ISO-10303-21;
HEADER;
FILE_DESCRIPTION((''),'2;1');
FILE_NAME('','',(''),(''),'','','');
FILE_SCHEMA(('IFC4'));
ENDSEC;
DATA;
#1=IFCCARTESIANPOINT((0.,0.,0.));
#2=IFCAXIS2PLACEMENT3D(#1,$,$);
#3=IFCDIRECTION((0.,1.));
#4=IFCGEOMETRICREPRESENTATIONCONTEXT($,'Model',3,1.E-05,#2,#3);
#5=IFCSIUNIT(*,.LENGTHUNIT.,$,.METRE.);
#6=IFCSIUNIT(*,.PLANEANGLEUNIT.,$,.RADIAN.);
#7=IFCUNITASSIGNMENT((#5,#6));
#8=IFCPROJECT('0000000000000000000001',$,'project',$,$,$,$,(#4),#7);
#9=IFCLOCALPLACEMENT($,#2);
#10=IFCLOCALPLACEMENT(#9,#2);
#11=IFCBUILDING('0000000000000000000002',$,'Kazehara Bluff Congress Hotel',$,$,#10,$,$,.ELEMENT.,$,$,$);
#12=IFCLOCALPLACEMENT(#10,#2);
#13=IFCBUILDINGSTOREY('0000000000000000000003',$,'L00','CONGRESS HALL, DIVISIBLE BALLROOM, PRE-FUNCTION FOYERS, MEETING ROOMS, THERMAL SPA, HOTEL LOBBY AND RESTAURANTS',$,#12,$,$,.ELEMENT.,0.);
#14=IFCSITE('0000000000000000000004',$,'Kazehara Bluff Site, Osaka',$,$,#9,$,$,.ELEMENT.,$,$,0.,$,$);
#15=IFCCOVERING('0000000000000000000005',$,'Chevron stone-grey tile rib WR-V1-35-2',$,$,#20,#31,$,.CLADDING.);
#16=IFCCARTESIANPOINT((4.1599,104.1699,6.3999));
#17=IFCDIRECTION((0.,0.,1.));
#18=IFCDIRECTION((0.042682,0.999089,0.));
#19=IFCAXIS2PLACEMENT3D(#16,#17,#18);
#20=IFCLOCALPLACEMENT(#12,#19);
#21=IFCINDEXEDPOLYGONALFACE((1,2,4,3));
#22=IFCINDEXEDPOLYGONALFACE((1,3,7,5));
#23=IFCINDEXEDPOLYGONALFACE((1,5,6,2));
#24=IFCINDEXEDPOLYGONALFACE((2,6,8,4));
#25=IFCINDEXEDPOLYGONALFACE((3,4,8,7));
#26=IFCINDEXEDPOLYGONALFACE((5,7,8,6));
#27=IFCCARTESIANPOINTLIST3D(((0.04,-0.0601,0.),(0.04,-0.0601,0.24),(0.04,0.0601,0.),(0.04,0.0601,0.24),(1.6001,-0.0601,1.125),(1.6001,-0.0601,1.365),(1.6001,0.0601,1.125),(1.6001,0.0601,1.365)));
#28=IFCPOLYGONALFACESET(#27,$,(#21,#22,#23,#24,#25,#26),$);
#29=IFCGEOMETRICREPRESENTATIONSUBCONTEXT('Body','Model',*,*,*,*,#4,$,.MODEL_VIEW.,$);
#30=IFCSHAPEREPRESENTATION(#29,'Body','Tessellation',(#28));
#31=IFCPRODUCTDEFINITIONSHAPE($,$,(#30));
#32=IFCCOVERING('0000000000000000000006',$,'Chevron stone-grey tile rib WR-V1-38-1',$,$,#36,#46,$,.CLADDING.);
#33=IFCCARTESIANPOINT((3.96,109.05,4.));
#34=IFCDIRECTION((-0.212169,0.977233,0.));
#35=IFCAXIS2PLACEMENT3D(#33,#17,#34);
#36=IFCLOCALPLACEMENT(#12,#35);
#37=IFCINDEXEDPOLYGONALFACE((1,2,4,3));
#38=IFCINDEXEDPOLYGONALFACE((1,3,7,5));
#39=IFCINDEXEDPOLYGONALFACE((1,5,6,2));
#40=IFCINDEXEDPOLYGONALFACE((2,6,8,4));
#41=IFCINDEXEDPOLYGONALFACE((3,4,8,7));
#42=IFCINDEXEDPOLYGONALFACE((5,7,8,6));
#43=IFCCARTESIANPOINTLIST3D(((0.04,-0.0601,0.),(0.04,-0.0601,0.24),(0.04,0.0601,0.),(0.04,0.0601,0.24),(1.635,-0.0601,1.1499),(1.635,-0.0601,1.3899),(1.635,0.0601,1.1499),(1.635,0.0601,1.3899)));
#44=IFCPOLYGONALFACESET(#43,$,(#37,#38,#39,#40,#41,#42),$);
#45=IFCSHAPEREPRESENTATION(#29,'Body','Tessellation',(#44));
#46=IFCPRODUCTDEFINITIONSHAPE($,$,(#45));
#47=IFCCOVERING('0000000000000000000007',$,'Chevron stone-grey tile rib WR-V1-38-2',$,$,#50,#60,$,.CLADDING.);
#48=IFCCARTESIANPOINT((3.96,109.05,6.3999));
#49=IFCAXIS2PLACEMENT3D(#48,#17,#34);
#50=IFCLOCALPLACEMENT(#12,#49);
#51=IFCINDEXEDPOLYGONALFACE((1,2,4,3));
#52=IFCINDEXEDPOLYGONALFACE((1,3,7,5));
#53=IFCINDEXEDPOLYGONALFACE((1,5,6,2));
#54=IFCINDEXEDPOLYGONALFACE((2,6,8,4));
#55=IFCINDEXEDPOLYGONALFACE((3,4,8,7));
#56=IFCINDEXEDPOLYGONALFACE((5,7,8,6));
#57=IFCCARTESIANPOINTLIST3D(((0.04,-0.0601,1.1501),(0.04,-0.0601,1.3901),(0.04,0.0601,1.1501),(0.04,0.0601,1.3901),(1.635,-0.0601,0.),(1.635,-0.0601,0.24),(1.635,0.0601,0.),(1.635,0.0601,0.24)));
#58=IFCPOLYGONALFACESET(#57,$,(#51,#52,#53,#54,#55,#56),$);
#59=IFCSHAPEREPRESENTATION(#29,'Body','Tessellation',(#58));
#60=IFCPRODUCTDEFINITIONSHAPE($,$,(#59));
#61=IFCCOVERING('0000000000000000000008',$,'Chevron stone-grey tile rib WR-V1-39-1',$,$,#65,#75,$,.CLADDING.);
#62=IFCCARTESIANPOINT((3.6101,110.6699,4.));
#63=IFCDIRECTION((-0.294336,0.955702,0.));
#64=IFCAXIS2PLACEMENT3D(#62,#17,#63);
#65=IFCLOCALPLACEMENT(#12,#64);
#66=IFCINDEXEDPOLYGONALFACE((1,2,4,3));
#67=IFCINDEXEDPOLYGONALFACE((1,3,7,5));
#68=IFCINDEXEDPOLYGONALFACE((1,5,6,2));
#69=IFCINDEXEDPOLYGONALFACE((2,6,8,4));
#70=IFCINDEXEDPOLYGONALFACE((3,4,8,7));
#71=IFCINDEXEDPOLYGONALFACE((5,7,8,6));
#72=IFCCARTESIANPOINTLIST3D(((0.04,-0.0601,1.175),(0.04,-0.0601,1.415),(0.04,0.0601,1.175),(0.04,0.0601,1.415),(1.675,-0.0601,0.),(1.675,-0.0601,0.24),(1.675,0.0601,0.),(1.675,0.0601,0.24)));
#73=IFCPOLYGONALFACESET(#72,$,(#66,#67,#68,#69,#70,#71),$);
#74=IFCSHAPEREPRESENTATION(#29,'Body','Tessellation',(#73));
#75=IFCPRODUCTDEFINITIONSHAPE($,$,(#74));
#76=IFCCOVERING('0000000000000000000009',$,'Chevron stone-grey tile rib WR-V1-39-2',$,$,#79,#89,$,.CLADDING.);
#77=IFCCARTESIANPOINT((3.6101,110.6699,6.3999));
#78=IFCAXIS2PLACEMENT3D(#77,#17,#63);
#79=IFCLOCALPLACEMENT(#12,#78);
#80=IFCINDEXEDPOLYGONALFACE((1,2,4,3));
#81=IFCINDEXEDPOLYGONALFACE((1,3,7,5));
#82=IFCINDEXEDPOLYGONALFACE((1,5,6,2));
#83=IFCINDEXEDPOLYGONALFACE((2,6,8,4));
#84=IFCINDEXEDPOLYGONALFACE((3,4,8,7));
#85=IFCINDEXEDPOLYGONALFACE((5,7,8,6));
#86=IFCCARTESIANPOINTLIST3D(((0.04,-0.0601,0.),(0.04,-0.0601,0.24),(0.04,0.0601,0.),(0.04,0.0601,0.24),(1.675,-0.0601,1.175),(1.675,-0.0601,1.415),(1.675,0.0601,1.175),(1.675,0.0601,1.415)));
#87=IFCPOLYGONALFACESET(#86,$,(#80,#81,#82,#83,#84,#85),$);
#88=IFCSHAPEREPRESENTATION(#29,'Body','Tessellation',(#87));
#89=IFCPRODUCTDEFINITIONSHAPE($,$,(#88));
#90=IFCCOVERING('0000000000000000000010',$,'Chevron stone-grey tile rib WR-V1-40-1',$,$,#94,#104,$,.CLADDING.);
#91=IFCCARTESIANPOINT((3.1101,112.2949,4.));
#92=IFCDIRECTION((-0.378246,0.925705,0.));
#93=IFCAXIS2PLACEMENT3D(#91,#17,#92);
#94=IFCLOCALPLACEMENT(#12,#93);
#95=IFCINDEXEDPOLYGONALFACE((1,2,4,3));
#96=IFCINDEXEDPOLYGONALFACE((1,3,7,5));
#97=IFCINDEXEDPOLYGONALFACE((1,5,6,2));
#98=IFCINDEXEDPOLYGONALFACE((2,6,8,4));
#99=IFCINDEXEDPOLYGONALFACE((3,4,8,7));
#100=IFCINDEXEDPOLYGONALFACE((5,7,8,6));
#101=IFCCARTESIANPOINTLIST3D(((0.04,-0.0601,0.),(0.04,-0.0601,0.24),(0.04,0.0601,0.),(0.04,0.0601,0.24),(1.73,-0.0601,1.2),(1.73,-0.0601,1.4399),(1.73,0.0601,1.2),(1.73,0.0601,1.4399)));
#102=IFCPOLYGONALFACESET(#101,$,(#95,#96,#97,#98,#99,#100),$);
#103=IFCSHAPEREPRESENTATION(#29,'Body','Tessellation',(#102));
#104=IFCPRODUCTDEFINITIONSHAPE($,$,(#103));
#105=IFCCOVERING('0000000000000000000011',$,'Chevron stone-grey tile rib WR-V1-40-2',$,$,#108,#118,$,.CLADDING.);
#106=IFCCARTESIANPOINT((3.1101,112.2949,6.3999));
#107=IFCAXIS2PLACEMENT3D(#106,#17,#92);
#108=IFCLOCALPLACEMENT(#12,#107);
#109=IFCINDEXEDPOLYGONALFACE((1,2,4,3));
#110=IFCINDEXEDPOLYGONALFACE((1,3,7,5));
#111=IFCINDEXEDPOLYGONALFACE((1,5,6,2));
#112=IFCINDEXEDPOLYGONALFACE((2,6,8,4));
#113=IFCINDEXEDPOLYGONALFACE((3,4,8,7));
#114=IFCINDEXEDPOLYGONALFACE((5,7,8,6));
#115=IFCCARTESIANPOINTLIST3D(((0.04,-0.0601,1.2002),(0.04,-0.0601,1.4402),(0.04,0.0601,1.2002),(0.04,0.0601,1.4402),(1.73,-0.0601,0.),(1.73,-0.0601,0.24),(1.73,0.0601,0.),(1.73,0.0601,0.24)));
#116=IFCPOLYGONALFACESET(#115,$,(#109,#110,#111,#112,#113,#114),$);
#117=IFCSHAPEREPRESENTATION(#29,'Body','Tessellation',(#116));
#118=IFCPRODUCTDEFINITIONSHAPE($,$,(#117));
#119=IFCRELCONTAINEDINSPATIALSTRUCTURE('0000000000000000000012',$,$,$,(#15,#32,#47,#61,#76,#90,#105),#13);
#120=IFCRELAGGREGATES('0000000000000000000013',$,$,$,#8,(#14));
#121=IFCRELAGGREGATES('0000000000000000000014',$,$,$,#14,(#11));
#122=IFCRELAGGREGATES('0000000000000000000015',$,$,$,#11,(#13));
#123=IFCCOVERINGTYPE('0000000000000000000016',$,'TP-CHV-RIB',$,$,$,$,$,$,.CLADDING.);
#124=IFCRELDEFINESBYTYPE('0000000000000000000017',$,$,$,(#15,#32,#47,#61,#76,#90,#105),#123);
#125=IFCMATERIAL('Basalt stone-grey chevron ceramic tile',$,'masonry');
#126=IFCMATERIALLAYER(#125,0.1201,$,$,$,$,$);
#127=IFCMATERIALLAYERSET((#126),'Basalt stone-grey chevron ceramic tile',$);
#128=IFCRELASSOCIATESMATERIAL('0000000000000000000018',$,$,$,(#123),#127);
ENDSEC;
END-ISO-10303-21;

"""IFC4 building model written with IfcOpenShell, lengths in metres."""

from ifc_helpers import new_model, si_unit, direction, frame, origin, place, context, subcontext, project, spatial, polyline, outline, extrude, material, layer, layer_set, type_object, element, save


model = new_model("IFC4")

# Units and contexts
model_context = context("Model", 3, precision=1e-05, world=origin(), true_north=direction((0.0, 1.0)))
body_context = subcontext(model_context, "Body", "Model", "MODEL_VIEW")
ifc_project = project(units=[si_unit("LENGTHUNIT", "METRE"), si_unit("PLANEANGLEUNIT", "RADIAN")], contexts=[model_context])

# Site, building, storey
site_placement = place(None, origin())
site = spatial("IfcSite", under=ifc_project, at=site_placement, Name="Kazehara Bluff Site, Osaka", CompositionType="ELEMENT", RefElevation=0.0)
building_placement = place(site_placement, origin())
building = spatial("IfcBuilding", under=site, at=building_placement, Name="Kazehara Bluff Congress Hotel", CompositionType="ELEMENT")
storey_placement = place(building_placement, origin())
storey = spatial("IfcBuildingStorey", under=building, at=storey_placement, Name="L00", Description="CONGRESS HALL, DIVISIBLE BALLROOM, PRE-FUNCTION FOYERS, MEETING ROOMS, THERMAL SPA, HOTEL LOBBY AND RESTAURANTS", CompositionType="ELEMENT", Elevation=0.0)

# Coverings
ifc_material_1 = material(Name="Basalt stone-grey chevron ceramic tile", Category="masonry")
ifc_layer_1 = layer(ifc_material_1, 0.1201)
ifc_layer_set_1 = layer_set([ifc_layer_1], Name="Basalt stone-grey chevron ceramic tile")
covering_type_1 = type_object("IfcCoveringType", Name="TP-CHV-RIB", PredefinedType="CLADDING", material=ifc_layer_set_1)
covering_1_placement = place(storey_placement, frame((4.1599, 104.1699, 6.3999), z_axis=(0.0, 0.0, 1.0), x_axis=(0.042682, 0.999089, 0.0)))
element("IfcCovering", 1, at=covering_1_placement, inside=storey, type_object=covering_type_1, Name="Chevron stone-grey tile rib WR-V1-35-2", PredefinedType="CLADDING", context=body_context, shape_type="SweptSolid", body=[
    extrude(outline(polyline([(0.04, 0.0), (1.6001, 1.125), (1.6001, 1.365), (0.04, 0.24), (0.04, 0.0)])), frame((0.0, 0.0601, 0.0), z_axis=(0.0, -1.0, 0.0), x_axis=(1.0, 0.0, 0.0)), (0.0, 0.0, 1.0), 0.1201),
])
covering_2_placement = place(storey_placement, frame((3.96, 109.05, 4.0), z_axis=(0.0, 0.0, 1.0), x_axis=(-0.212169, 0.977233, 0.0)))
element("IfcCovering", 2, at=covering_2_placement, inside=storey, type_object=covering_type_1, Name="Chevron stone-grey tile rib WR-V1-38-1", PredefinedType="CLADDING", context=body_context, shape_type="SweptSolid", body=[
    extrude(outline(polyline([(0.04, 0.0), (1.635, 1.1499), (1.635, 1.3899), (0.04, 0.24), (0.04, 0.0)])), frame((0.0, 0.0601, 0.0), z_axis=(0.0, -1.0, 0.0), x_axis=(1.0, 0.0, 0.0)), (0.0, 0.0, 1.0), 0.1201),
])
covering_3_placement = place(storey_placement, frame((3.96, 109.05, 6.3999), z_axis=(0.0, 0.0, 1.0), x_axis=(-0.212169, 0.977233, 0.0)))
element("IfcCovering", 3, at=covering_3_placement, inside=storey, type_object=covering_type_1, Name="Chevron stone-grey tile rib WR-V1-38-2", PredefinedType="CLADDING", context=body_context, shape_type="SweptSolid", body=[
    extrude(outline(polyline([(0.04, 1.1501), (1.635, 0.0), (1.635, 0.24), (0.04, 1.3901), (0.04, 1.1501)])), frame((0.0, 0.0601, 0.0), z_axis=(0.0, -1.0, 0.0), x_axis=(1.0, 0.0, 0.0)), (0.0, 0.0, 1.0), 0.1201),
])
covering_4_placement = place(storey_placement, frame((3.6101, 110.6699, 4.0), z_axis=(0.0, 0.0, 1.0), x_axis=(-0.294336, 0.955702, 0.0)))
element("IfcCovering", 4, at=covering_4_placement, inside=storey, type_object=covering_type_1, Name="Chevron stone-grey tile rib WR-V1-39-1", PredefinedType="CLADDING", context=body_context, shape_type="SweptSolid", body=[
    extrude(outline(polyline([(0.04, 1.175), (1.675, 0.0), (1.675, 0.24), (0.04, 1.415), (0.04, 1.175)])), frame((0.0, 0.0601, 0.0), z_axis=(0.0, -1.0, 0.0), x_axis=(1.0, 0.0, 0.0)), (0.0, 0.0, 1.0), 0.1201),
])
covering_5_placement = place(storey_placement, frame((3.6101, 110.6699, 6.3999), z_axis=(0.0, 0.0, 1.0), x_axis=(-0.294336, 0.955702, 0.0)))
element("IfcCovering", 5, at=covering_5_placement, inside=storey, type_object=covering_type_1, Name="Chevron stone-grey tile rib WR-V1-39-2", PredefinedType="CLADDING", context=body_context, shape_type="SweptSolid", body=[
    extrude(outline(polyline([(0.04, 0.0), (1.675, 1.175), (1.675, 1.415), (0.04, 0.24), (0.04, 0.0)])), frame((0.0, 0.0601, 0.0), z_axis=(0.0, -1.0, 0.0), x_axis=(1.0, 0.0, 0.0)), (0.0, 0.0, 1.0), 0.1201),
])
covering_6_placement = place(storey_placement, frame((3.1101, 112.2949, 4.0), z_axis=(0.0, 0.0, 1.0), x_axis=(-0.378246, 0.925705, 0.0)))
element("IfcCovering", 6, at=covering_6_placement, inside=storey, type_object=covering_type_1, Name="Chevron stone-grey tile rib WR-V1-40-1", PredefinedType="CLADDING", context=body_context, shape_type="SweptSolid", body=[
    extrude(outline(polyline([(0.04, 0.0), (1.73, 1.2), (1.73, 1.4399), (0.04, 0.24), (0.04, 0.0)])), frame((0.0, 0.0601, 0.0), z_axis=(0.0, -1.0, 0.0), x_axis=(1.0, 0.0, 0.0)), (0.0, 0.0, 1.0), 0.1201),
])
covering_7_placement = place(storey_placement, frame((3.1101, 112.2949, 6.3999), z_axis=(0.0, 0.0, 1.0), x_axis=(-0.378246, 0.925705, 0.0)))
element("IfcCovering", 7, at=covering_7_placement, inside=storey, type_object=covering_type_1, Name="Chevron stone-grey tile rib WR-V1-40-2", PredefinedType="CLADDING", context=body_context, shape_type="SweptSolid", body=[
    extrude(outline(polyline([(0.04, 1.2002), (1.73, 0.0), (1.73, 0.24), (0.04, 1.4402), (0.04, 1.2002)])), frame((0.0, 0.0601, 0.0), z_axis=(0.0, -1.0, 0.0), x_axis=(1.0, 0.0, 0.0)), (0.0, 0.0, 1.0), 0.1201),
])

save(model, "model.ifc")
